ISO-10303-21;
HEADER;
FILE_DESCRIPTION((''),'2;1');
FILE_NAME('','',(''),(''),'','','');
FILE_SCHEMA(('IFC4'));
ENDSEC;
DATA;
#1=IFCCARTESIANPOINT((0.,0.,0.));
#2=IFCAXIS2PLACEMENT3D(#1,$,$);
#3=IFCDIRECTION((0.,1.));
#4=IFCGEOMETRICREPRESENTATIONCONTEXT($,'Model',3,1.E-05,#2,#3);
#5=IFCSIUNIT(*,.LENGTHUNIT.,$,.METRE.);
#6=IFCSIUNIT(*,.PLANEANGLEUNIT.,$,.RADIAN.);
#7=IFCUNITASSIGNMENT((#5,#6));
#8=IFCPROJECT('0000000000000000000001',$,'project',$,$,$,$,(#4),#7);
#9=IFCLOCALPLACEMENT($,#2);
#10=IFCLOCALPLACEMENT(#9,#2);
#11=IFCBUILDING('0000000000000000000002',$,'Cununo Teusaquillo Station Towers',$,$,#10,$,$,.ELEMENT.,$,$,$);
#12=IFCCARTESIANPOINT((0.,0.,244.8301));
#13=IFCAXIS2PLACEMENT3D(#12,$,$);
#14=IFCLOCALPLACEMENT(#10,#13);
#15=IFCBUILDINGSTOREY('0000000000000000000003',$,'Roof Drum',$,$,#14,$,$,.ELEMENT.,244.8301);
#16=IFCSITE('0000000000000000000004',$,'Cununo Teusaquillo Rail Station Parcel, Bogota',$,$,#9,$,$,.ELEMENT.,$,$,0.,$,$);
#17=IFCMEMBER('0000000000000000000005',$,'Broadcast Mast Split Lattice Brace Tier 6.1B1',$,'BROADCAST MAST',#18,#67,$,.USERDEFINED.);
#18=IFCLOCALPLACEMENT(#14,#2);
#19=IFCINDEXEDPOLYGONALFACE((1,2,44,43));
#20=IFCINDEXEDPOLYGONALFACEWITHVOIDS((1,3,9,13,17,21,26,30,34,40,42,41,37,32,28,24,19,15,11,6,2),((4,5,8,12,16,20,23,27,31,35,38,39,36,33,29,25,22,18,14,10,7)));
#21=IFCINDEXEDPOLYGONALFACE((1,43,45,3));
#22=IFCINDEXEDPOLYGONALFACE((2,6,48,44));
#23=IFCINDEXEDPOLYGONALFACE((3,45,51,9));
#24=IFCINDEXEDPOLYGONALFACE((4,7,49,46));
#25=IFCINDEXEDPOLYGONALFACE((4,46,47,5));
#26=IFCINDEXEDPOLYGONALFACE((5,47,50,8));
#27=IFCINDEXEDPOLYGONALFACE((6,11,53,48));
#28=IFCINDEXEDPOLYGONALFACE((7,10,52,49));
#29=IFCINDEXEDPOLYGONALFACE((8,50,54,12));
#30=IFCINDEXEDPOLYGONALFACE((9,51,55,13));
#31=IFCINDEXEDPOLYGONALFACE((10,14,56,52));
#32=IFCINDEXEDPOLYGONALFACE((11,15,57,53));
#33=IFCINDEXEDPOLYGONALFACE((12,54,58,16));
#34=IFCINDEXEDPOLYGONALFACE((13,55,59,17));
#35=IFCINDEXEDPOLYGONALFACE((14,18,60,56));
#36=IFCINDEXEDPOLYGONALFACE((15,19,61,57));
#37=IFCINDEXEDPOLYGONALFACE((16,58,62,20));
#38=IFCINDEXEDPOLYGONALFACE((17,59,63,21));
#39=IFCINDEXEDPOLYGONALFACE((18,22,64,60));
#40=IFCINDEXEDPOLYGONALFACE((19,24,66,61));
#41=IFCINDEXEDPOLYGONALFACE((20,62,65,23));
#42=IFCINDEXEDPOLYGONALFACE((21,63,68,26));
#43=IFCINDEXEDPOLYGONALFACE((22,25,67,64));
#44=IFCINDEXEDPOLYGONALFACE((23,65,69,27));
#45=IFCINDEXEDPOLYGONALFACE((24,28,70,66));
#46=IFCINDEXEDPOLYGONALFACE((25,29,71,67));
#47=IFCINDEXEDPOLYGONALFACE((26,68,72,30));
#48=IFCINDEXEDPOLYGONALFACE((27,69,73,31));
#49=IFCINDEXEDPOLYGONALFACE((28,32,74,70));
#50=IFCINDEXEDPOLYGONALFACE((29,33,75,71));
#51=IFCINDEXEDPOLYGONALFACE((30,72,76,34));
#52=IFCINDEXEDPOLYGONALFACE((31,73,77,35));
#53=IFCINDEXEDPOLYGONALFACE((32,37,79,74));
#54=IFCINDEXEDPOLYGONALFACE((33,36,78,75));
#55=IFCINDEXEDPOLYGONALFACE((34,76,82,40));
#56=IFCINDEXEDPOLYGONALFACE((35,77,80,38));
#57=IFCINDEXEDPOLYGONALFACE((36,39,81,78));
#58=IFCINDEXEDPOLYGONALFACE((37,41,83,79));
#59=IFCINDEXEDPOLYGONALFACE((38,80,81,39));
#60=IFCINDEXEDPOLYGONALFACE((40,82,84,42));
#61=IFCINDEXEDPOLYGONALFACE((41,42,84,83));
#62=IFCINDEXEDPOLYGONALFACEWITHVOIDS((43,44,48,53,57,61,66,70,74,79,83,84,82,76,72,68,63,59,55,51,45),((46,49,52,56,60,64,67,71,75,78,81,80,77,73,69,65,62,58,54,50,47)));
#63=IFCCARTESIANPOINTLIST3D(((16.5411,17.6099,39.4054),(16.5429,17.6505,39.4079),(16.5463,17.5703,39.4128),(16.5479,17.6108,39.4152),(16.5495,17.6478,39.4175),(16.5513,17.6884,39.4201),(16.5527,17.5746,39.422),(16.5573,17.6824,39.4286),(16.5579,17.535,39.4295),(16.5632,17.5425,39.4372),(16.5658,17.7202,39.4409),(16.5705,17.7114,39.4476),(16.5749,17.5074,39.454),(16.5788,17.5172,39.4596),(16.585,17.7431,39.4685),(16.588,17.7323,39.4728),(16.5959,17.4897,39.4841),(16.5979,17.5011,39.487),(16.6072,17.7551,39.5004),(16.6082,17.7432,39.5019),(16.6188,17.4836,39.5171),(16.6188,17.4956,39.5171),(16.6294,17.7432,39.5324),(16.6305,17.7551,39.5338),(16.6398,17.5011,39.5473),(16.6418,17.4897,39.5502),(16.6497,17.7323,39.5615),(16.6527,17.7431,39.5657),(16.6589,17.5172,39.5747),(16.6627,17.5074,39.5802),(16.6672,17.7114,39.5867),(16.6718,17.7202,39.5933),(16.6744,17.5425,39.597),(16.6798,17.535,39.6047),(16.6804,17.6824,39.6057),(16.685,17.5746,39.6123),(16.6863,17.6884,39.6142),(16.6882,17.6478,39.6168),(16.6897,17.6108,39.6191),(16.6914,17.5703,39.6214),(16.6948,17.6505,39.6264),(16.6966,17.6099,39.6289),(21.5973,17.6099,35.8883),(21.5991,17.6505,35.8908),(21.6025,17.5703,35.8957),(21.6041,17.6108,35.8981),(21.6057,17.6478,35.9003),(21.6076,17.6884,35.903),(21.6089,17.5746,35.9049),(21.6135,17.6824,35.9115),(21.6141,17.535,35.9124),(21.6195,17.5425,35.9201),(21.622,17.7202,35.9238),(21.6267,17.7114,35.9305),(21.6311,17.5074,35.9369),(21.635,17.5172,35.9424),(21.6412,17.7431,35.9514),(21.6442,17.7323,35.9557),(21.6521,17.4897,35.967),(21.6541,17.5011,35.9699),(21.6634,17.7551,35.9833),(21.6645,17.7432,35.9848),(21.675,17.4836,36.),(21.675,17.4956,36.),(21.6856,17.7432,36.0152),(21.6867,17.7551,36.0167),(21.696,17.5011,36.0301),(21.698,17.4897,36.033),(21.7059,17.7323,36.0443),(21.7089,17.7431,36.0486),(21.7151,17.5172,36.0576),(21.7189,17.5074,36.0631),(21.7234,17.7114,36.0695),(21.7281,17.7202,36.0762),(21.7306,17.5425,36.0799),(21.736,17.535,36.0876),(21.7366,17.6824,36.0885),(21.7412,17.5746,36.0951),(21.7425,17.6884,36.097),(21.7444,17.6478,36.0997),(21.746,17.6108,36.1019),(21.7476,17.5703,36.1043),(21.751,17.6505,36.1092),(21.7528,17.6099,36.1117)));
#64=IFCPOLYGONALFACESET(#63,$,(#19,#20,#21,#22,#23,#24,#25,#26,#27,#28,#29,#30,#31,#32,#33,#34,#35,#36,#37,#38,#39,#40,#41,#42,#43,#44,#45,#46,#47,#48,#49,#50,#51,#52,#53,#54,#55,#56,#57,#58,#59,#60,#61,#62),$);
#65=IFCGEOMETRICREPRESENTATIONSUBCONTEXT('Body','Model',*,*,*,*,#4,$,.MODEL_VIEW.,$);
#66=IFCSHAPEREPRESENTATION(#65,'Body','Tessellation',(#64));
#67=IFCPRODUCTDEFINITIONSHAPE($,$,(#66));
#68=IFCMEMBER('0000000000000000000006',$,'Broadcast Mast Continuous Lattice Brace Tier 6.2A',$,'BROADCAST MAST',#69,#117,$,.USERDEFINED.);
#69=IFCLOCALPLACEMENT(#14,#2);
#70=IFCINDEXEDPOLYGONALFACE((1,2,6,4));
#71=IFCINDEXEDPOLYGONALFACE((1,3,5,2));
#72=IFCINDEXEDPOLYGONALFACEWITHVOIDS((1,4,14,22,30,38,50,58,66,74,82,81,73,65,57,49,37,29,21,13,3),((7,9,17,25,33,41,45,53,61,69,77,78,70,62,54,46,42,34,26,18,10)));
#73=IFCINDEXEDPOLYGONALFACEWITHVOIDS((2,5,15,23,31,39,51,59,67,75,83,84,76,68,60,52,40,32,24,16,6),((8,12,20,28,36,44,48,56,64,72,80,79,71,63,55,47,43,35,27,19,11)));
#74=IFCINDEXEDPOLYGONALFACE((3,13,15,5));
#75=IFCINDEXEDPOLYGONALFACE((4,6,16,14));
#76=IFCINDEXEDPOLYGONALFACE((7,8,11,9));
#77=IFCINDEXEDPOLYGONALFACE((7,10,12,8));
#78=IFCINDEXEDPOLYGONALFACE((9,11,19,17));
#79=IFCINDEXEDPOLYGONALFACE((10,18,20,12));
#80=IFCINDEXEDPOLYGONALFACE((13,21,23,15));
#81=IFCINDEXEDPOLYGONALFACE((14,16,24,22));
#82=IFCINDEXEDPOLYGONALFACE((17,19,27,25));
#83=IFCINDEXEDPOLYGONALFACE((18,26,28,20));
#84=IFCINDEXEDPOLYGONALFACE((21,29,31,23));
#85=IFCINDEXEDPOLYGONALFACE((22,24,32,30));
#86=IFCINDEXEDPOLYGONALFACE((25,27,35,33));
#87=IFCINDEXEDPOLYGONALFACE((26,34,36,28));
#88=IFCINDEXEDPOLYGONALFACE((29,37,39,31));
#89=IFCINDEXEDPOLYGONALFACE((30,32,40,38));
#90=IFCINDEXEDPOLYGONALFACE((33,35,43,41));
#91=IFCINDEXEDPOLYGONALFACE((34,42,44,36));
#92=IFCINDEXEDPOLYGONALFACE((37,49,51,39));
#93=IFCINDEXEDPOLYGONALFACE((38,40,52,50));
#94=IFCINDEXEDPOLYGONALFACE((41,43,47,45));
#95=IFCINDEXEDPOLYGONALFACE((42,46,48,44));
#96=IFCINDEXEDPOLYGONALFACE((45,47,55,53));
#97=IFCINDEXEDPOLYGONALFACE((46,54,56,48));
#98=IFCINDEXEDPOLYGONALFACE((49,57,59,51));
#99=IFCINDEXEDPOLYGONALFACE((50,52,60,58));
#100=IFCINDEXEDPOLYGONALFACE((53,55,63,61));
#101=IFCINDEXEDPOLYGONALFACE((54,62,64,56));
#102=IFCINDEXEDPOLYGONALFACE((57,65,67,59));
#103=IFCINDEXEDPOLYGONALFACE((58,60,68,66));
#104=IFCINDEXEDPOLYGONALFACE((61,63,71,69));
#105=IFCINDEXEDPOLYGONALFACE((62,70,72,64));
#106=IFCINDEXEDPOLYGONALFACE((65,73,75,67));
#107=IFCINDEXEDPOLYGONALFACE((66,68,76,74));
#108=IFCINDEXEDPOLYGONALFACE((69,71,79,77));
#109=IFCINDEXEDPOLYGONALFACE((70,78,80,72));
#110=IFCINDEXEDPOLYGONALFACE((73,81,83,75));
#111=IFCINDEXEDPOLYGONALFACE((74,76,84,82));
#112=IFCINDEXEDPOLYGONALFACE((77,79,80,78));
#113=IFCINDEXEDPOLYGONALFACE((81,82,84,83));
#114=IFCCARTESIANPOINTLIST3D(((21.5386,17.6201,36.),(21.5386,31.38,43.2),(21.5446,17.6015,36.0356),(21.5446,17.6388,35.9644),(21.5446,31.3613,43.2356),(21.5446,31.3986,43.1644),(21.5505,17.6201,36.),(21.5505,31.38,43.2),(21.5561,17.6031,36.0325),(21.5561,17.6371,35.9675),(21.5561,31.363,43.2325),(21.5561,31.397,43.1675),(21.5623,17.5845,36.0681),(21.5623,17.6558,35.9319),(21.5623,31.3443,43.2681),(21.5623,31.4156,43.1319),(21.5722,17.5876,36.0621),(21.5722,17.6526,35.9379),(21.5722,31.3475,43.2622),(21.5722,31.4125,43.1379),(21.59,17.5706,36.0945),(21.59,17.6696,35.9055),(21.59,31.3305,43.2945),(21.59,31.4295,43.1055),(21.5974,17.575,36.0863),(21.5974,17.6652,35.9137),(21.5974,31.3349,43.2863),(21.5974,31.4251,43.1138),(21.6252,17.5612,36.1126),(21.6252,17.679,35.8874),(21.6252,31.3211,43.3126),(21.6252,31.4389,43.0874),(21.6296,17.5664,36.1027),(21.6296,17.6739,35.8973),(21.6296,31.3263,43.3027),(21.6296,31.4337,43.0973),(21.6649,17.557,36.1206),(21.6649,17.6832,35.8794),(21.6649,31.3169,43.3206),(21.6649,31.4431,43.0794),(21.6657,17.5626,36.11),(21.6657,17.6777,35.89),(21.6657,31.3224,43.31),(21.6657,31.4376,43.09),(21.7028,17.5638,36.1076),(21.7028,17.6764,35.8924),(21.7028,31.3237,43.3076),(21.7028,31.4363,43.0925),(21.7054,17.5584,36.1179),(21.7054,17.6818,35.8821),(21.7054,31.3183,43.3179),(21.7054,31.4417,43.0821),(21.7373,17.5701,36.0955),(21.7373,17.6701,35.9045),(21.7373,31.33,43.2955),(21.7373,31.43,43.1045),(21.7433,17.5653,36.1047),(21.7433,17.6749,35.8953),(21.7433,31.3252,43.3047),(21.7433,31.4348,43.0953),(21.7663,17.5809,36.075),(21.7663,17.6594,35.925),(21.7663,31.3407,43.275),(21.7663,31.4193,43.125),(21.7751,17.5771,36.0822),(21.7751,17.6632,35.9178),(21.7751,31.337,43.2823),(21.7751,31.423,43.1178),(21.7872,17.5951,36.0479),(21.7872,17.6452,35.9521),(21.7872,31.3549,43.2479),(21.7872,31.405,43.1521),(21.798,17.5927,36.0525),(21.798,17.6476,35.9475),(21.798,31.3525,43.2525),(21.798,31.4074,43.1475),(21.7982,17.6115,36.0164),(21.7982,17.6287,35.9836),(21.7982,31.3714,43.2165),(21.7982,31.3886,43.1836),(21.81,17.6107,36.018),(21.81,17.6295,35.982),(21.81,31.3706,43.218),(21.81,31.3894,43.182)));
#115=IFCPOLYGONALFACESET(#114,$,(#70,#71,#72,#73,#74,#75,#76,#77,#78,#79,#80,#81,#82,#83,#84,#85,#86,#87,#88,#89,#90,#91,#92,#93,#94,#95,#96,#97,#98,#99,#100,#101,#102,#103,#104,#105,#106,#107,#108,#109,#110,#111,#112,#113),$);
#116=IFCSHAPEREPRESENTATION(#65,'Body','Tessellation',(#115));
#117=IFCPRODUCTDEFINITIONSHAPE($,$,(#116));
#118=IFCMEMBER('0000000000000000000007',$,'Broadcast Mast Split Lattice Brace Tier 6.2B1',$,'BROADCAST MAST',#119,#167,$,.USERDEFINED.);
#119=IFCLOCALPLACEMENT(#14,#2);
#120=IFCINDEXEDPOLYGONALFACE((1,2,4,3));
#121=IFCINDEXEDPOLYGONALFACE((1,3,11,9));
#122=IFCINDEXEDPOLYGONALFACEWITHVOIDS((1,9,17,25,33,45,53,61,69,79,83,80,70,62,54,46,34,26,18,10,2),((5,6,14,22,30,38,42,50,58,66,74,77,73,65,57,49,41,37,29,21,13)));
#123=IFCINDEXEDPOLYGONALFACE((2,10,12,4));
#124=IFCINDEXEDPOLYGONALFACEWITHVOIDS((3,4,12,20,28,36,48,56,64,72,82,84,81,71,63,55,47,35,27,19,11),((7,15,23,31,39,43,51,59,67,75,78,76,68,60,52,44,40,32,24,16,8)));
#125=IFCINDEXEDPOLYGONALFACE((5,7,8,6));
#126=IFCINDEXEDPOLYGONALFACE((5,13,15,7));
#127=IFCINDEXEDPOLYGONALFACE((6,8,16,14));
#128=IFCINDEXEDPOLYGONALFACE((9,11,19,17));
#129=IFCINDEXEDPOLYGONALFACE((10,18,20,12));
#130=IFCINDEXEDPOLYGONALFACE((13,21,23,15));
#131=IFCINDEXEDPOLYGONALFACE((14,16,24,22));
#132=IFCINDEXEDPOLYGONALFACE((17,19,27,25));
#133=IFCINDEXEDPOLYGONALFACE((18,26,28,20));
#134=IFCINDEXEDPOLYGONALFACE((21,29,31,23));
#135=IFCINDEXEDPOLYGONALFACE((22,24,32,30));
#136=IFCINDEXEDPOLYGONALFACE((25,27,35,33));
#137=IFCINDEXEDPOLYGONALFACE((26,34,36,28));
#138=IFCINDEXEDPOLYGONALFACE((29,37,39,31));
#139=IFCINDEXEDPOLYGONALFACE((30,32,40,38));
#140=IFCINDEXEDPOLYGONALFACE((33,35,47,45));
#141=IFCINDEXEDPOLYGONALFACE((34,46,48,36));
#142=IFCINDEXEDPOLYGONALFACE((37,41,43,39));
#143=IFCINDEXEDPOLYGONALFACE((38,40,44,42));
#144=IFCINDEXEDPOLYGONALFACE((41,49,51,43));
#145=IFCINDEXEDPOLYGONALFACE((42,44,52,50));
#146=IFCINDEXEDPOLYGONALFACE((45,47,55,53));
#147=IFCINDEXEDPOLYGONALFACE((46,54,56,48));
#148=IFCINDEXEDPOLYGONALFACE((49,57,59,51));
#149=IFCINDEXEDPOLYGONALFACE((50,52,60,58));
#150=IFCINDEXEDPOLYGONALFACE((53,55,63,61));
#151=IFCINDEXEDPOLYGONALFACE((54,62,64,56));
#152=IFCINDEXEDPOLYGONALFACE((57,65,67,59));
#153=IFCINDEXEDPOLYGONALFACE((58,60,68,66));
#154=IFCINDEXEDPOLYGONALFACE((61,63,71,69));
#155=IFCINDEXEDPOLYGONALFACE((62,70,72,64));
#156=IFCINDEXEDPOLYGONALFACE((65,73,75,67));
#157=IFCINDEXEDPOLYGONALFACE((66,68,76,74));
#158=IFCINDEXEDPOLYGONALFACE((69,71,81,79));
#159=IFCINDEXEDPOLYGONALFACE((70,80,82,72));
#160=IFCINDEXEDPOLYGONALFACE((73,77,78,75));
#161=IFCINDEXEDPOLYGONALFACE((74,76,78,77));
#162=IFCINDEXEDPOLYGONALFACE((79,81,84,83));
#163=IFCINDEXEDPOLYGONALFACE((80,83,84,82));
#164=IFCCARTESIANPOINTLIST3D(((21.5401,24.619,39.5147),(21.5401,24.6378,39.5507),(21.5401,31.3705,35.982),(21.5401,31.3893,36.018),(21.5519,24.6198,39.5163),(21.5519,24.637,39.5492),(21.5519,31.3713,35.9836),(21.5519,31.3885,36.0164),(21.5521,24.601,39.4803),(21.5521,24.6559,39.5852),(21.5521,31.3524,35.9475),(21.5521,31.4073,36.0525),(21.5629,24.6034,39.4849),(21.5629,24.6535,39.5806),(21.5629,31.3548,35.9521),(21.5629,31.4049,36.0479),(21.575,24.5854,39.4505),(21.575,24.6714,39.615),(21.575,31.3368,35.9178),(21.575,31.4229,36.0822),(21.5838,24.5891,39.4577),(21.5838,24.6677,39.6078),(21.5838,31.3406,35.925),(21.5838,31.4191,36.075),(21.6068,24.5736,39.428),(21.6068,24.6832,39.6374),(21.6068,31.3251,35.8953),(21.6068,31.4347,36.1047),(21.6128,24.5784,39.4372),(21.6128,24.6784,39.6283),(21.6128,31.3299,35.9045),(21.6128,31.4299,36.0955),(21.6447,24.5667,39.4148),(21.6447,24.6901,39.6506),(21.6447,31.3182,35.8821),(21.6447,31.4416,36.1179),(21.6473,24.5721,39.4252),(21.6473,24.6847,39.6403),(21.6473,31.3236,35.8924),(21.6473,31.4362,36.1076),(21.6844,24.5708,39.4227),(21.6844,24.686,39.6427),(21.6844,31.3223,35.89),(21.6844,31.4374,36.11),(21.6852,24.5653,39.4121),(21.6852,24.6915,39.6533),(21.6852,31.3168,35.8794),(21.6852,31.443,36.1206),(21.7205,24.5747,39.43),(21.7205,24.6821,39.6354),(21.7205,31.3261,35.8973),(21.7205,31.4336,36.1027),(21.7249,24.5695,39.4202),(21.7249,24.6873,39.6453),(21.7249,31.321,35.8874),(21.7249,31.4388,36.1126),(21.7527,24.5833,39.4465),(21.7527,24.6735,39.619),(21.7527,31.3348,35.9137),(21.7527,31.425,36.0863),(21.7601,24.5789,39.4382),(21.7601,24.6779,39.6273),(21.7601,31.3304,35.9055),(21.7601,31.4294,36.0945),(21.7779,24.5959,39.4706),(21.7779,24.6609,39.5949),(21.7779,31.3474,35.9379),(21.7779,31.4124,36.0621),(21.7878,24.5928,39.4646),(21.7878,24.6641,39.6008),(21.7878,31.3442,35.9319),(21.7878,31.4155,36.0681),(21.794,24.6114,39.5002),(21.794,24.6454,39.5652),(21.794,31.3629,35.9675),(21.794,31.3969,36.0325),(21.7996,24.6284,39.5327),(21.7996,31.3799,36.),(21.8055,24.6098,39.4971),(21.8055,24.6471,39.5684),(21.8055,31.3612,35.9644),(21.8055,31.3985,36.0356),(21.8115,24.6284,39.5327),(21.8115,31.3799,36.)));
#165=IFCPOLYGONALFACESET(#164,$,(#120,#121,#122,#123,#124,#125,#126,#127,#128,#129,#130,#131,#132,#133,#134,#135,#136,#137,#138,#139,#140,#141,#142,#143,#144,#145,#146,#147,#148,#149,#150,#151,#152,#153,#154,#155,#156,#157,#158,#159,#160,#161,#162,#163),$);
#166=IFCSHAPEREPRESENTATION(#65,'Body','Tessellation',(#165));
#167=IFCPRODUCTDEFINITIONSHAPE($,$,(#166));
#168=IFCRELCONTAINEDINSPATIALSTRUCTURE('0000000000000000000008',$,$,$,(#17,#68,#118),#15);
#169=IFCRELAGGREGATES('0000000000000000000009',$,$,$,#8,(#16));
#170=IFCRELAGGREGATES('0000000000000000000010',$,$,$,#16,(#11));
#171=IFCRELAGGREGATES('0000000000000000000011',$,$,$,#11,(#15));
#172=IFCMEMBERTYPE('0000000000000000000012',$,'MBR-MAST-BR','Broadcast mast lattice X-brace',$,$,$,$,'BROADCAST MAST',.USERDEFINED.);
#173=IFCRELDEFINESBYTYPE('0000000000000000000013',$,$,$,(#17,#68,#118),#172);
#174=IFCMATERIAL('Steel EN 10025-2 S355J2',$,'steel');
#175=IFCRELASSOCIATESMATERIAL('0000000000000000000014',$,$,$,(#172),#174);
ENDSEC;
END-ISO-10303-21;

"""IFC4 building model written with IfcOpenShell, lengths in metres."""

from ifc_helpers import new_model, si_unit, direction, frame, origin, origin_2d, place, context, subcontext, project, spatial, hollow_circle, extrude, material, material_profile, profile_set, type_object, element, save


model = new_model("IFC4")

# Units and contexts
model_context = context("Model", 3, precision=1e-05, world=origin(), true_north=direction((0.0, 1.0)))
body_context = subcontext(model_context, "Body", "Model", "MODEL_VIEW")
ifc_project = project(units=[si_unit("LENGTHUNIT", "METRE"), si_unit("PLANEANGLEUNIT", "RADIAN")], contexts=[model_context])

# Site, building, storey
site_placement = place(None, origin())
site = spatial("IfcSite", under=ifc_project, at=site_placement, Name="Cununo Teusaquillo Rail Station Parcel, Bogota", CompositionType="ELEMENT", RefElevation=0.0)
building_placement = place(site_placement, origin())
building = spatial("IfcBuilding", under=site, at=building_placement, Name="Cununo Teusaquillo Station Towers", CompositionType="ELEMENT")
storey_placement = place(building_placement, frame((0.0, 0.0, 244.8301)))
storey = spatial("IfcBuildingStorey", under=building, at=storey_placement, Name="Roof Drum", CompositionType="ELEMENT", Elevation=244.8301)

# Members
ifc_material_1 = material(Name="Steel EN 10025-2 S355J2", Category="steel")
ifc_material_profile_1 = material_profile(ifc_material_1, hollow_circle(Radius=0.1365, WallThickness=0.012, at=origin_2d()), Name="CHS 273x12")
ifc_profile_set_1 = profile_set([ifc_material_profile_1], Name="Steel EN 10025-2 S355J2")
member_type_1 = type_object("IfcMemberType", Name="MBR-MAST-BR", Description="Broadcast mast lattice X-brace", ElementType="BROADCAST MAST", PredefinedType="USERDEFINED", material=ifc_profile_set_1)
member_1_placement = place(storey_placement, frame((21.675, 17.6201, 36.0), z_axis=(-0.820923, 0.0, 0.571039), x_axis=(0.0, -1.0, 0.0)))
element("IfcMember", 1, at=member_1_placement, inside=storey, type_object=member_type_1, Name="Broadcast Mast Split Lattice Brace Tier 6.1B1", ObjectType="BROADCAST MAST", PredefinedType="USERDEFINED", context=body_context, shape_type="SweptSolid", body=[
    extrude(hollow_circle(Radius=0.1365, WallThickness=0.012, at=origin_2d()), origin(), (0.0, 0.0, 1.0), 6.1592),
])
member_2_placement = place(storey_placement, frame((21.675, 17.6201, 36.0), z_axis=(0.0, 0.886031, 0.463626), x_axis=(-1.0, 0.0, 0.0)))
element("IfcMember", 2, at=member_2_placement, inside=storey, type_object=member_type_1, Name="Broadcast Mast Continuous Lattice Brace Tier 6.2A", ObjectType="BROADCAST MAST", PredefinedType="USERDEFINED", context=body_context, shape_type="SweptSolid", body=[
    extrude(hollow_circle(Radius=0.1365, WallThickness=0.012, at=origin_2d()), origin(), (0.0, 0.0, 1.0), 15.5298),
])
for number, where, z_axis, x_axis, name in (
    (3, (21.675, 31.3799, 36.0), (0.0, -0.886035, 0.463619), (1.0, 0.0, 0.0), "Broadcast Mast Split Lattice Brace Tier 6.2B1"),
):
    element("IfcMember", number, at=place(storey_placement, frame(where, z_axis=z_axis, x_axis=x_axis)), inside=storey, type_object=member_type_1, Name=name, ObjectType="BROADCAST MAST", PredefinedType="USERDEFINED", context=body_context, shape_type="SweptSolid", body=[
        extrude(hollow_circle(Radius=0.1365, WallThickness=0.012, at=origin_2d()), origin(), (0.0, 0.0, 1.0), 7.6199),
    ])

save(model, "model.ifc")
